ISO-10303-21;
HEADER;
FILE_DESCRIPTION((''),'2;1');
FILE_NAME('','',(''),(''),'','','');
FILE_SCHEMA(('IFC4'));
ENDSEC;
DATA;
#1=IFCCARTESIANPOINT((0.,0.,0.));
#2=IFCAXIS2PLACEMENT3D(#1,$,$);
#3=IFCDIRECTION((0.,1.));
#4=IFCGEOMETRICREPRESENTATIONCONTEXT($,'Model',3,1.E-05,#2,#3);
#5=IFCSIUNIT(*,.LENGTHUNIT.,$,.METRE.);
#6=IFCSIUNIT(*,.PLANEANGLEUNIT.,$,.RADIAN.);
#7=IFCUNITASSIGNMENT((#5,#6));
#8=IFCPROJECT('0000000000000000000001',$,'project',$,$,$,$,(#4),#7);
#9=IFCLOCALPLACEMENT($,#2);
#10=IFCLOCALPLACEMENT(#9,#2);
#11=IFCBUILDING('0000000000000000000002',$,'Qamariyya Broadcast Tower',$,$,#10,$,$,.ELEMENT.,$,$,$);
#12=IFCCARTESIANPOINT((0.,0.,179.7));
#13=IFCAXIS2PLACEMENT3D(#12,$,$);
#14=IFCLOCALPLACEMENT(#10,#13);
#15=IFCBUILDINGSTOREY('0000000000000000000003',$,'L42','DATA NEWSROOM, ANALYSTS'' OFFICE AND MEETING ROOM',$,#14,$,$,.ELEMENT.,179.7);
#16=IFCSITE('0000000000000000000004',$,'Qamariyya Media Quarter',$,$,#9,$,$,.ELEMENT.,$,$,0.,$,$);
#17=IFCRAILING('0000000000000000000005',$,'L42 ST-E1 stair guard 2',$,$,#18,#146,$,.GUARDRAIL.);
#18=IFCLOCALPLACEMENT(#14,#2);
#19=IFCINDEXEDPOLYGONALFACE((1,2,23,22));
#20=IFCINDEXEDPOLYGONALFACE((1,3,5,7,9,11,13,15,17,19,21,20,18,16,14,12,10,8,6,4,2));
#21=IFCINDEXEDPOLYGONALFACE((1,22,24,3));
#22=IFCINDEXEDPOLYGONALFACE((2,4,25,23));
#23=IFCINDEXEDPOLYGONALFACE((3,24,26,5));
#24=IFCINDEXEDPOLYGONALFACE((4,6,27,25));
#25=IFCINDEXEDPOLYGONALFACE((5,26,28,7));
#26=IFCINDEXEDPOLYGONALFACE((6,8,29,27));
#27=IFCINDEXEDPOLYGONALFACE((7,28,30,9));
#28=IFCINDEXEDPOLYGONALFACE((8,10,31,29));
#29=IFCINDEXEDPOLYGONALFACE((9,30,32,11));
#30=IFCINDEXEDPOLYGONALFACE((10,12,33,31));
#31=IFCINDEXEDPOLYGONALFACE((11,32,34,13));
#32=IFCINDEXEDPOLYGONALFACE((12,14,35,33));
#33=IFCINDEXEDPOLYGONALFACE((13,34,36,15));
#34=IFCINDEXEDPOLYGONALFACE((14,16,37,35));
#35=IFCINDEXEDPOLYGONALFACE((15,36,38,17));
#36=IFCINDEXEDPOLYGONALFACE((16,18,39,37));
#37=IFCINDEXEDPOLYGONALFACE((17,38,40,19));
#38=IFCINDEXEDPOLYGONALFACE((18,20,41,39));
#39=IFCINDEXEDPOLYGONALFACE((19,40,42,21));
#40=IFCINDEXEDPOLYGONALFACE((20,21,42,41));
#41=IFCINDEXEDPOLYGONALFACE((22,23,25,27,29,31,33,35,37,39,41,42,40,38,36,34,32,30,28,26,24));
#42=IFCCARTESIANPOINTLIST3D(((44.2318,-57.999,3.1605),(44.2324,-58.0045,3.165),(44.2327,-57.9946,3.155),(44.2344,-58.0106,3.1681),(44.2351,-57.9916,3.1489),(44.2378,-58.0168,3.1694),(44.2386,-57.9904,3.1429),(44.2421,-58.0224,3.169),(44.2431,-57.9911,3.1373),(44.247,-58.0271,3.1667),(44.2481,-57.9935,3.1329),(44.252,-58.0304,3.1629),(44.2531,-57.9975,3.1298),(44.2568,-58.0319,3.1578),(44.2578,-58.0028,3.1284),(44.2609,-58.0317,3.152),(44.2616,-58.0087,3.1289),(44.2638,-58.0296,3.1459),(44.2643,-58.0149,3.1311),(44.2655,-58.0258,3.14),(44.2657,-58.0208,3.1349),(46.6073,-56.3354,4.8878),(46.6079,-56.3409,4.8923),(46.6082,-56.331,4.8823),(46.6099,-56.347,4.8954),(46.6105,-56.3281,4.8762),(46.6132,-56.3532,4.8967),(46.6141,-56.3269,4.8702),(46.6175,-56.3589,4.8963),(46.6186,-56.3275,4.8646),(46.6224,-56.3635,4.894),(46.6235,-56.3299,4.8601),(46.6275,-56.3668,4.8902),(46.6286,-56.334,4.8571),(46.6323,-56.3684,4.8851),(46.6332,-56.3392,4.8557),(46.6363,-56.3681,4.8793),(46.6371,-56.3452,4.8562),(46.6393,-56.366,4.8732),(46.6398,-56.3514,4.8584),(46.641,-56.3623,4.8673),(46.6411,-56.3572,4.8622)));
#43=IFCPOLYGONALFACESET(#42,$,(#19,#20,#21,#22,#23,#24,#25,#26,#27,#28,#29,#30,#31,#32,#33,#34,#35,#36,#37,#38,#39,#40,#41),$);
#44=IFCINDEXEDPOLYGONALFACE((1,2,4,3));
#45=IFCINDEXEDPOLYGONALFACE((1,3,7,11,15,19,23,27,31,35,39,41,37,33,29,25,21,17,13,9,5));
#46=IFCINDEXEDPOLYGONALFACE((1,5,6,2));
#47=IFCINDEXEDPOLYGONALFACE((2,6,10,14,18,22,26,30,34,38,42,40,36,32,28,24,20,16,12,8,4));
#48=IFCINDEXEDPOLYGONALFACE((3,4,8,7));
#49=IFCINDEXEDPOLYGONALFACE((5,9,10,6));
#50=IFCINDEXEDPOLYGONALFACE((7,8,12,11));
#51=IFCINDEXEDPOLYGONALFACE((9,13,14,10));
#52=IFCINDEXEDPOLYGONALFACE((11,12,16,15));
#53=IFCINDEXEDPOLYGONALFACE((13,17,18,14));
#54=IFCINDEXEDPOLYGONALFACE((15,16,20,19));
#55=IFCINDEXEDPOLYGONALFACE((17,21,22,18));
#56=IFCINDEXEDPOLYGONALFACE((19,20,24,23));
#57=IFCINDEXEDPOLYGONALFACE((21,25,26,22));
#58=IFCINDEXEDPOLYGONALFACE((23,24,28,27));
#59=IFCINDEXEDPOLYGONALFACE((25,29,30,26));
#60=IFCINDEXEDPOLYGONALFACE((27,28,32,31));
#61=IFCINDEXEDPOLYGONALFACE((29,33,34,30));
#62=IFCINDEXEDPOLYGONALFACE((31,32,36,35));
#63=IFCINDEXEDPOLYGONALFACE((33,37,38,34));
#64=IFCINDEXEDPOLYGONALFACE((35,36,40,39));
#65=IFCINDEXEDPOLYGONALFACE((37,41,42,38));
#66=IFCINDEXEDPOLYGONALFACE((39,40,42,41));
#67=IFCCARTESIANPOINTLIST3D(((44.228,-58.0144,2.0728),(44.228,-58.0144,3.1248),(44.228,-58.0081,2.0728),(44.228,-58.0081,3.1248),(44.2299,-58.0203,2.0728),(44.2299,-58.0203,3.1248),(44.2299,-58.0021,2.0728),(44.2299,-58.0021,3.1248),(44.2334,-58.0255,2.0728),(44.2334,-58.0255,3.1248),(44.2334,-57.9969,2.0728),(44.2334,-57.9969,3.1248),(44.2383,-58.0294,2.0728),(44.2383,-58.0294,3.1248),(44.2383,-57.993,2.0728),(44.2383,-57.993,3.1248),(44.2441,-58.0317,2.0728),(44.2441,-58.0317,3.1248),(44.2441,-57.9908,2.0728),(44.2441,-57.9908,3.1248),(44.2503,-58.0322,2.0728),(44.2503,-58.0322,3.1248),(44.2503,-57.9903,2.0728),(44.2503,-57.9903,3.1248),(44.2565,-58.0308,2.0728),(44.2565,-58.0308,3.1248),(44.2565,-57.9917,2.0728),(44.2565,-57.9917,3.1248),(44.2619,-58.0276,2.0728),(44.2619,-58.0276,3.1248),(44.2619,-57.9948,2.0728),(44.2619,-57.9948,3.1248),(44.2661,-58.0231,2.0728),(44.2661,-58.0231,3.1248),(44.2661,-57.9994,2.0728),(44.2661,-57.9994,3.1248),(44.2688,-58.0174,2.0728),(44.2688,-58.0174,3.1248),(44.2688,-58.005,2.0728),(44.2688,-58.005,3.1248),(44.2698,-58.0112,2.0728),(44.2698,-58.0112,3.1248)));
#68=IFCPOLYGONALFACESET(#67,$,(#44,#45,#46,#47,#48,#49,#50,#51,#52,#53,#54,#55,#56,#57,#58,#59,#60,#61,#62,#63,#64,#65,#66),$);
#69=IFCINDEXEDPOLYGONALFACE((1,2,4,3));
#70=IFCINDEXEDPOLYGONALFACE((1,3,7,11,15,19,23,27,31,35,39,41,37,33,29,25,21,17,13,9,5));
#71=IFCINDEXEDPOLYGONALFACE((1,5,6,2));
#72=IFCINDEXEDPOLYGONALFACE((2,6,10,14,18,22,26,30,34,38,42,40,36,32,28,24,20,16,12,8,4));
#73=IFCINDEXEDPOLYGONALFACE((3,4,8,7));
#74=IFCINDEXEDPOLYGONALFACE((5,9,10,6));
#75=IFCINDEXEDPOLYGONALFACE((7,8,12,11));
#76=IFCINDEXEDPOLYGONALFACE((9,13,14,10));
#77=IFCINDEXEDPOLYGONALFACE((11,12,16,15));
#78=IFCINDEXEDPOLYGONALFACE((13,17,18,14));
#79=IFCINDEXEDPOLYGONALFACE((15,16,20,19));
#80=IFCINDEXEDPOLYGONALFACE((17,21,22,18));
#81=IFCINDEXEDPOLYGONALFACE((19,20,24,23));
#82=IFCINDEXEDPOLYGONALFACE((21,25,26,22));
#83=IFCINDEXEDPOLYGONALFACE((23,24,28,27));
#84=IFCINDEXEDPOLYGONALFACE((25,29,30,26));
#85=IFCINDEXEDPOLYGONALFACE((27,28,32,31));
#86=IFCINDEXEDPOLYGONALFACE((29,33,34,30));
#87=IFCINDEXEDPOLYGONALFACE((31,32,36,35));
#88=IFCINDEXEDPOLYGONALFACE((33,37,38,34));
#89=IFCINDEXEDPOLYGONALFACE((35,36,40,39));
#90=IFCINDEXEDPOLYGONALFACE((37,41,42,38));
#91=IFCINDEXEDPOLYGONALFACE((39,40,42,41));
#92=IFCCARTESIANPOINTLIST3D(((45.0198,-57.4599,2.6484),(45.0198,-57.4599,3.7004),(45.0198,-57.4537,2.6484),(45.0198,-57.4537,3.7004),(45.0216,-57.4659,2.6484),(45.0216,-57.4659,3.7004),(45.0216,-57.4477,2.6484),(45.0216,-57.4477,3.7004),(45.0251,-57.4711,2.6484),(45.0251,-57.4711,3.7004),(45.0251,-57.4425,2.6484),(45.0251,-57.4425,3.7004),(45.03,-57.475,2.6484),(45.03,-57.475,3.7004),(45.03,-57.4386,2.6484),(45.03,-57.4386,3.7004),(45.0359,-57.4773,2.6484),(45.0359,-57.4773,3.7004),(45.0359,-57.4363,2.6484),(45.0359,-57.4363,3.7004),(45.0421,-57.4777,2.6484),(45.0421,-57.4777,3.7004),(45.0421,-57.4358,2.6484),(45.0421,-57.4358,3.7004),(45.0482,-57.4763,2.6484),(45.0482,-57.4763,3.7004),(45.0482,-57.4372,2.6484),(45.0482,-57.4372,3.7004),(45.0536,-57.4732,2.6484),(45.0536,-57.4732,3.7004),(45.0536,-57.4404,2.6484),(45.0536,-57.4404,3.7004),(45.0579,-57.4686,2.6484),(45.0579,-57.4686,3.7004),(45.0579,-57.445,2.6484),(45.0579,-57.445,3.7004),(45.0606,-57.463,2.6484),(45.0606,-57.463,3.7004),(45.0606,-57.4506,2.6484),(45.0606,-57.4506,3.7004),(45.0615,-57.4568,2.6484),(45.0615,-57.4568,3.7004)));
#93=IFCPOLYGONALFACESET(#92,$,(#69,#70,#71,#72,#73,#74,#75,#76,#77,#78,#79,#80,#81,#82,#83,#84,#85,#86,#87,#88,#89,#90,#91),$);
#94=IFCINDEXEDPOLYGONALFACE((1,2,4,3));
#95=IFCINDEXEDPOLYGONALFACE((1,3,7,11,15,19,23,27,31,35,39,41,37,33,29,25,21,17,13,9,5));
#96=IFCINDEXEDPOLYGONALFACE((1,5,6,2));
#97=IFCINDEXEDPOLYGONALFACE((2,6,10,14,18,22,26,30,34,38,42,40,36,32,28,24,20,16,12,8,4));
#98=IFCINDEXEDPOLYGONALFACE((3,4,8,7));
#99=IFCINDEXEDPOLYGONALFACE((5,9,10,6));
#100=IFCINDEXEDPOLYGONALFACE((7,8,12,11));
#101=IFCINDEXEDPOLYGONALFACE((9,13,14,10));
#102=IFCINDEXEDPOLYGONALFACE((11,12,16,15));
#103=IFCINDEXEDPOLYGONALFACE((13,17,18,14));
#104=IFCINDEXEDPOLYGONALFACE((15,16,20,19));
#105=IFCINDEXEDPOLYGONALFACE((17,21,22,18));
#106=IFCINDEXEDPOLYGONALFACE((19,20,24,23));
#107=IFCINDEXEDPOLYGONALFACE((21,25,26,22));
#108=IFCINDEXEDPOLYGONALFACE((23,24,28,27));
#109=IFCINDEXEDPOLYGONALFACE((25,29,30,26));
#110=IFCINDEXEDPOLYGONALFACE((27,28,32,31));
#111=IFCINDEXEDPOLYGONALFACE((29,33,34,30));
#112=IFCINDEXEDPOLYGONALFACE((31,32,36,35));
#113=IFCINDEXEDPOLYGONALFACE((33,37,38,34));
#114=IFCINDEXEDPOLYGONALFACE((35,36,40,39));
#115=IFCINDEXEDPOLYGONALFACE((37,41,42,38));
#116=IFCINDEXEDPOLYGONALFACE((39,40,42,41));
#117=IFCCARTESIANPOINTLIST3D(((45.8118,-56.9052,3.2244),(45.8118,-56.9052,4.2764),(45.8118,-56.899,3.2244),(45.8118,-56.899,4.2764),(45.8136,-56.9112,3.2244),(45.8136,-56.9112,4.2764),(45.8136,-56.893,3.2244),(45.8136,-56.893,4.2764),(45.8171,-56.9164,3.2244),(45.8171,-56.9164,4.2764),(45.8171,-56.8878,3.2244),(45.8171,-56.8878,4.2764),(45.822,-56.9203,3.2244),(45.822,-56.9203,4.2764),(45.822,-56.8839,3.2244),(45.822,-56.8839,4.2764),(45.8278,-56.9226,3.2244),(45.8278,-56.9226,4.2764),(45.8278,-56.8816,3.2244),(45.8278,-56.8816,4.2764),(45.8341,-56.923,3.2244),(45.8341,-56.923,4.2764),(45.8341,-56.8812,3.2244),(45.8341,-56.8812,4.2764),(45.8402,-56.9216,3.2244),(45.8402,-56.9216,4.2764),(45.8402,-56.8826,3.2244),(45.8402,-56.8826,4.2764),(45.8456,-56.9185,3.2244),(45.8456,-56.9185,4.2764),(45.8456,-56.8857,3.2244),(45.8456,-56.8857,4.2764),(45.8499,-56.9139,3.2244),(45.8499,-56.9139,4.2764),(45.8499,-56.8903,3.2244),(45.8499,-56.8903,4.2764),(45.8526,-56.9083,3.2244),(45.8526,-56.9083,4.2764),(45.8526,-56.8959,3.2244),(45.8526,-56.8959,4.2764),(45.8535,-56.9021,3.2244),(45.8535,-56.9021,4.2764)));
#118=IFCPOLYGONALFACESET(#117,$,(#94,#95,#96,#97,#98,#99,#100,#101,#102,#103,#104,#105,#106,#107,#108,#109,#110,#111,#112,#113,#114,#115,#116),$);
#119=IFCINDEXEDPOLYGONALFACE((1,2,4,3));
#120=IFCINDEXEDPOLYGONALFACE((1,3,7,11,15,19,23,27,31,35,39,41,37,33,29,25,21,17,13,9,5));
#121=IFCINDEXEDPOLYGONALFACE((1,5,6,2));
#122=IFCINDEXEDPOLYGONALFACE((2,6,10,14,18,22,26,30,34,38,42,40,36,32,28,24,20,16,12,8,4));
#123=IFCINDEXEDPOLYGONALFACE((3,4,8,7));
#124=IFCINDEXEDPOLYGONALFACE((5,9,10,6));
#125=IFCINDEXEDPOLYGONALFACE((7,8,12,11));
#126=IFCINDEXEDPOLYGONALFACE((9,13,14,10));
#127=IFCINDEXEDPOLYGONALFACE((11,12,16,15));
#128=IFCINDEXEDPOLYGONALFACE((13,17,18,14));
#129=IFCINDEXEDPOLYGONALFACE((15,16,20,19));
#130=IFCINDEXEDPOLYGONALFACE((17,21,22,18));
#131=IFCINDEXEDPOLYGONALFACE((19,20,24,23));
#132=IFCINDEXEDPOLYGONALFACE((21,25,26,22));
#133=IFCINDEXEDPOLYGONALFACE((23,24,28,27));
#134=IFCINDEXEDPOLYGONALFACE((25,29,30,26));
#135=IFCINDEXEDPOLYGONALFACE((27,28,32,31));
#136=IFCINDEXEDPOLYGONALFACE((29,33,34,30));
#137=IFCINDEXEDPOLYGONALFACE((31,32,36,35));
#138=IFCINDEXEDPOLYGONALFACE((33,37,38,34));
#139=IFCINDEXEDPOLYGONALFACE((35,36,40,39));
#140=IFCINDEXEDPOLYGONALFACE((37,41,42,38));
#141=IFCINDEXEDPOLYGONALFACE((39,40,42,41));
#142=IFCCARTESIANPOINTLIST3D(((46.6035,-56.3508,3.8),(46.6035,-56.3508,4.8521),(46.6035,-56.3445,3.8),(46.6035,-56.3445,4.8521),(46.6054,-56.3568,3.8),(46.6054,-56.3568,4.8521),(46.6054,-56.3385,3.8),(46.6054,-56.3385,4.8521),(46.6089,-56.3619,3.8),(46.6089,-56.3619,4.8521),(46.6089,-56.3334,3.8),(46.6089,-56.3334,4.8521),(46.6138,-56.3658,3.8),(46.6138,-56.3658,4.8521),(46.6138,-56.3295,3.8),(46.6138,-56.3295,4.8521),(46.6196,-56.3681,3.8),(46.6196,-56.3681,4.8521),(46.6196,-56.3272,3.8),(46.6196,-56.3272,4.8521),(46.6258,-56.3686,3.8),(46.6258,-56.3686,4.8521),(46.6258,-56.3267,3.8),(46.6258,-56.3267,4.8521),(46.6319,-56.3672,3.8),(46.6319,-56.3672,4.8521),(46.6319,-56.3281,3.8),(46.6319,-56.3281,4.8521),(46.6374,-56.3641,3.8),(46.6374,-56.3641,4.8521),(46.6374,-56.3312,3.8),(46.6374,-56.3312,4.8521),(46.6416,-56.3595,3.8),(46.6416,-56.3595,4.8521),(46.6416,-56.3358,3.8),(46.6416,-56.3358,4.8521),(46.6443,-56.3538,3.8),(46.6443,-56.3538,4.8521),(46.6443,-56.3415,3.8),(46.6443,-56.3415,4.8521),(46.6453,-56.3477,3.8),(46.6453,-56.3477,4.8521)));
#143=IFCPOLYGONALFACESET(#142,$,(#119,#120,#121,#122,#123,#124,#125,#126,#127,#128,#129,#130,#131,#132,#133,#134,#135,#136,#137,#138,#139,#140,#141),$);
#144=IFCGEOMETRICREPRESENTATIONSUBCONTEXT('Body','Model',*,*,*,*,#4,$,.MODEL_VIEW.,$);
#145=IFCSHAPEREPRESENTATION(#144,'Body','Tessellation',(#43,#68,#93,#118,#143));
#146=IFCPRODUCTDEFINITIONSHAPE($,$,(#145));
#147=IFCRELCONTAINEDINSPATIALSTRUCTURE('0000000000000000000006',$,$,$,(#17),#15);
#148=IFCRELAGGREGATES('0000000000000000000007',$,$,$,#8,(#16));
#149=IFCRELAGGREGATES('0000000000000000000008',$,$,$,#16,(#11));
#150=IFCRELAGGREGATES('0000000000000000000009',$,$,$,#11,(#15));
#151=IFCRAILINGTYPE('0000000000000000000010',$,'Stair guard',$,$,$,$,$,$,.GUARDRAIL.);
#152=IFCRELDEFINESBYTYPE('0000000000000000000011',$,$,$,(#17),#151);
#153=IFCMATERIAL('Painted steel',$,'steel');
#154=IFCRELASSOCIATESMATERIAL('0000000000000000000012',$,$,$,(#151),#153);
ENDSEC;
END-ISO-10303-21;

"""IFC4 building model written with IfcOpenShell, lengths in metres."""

from ifc_helpers import new_model, si_unit, direction, frame, origin, origin_2d, place, context, subcontext, project, spatial, circle, extrude, material, type_object, element, save


model = new_model("IFC4")

# Units and contexts
model_context = context("Model", 3, precision=1e-05, world=origin(), true_north=direction((0.0, 1.0)))
body_context = subcontext(model_context, "Body", "Model", "MODEL_VIEW")
ifc_project = project(units=[si_unit("LENGTHUNIT", "METRE"), si_unit("PLANEANGLEUNIT", "RADIAN")], contexts=[model_context])

# Site, building, storey
site_placement = place(None, origin())
site = spatial("IfcSite", under=ifc_project, at=site_placement, Name="Qamariyya Media Quarter", CompositionType="ELEMENT", RefElevation=0.0)
building_placement = place(site_placement, origin())
building = spatial("IfcBuilding", under=site, at=building_placement, Name="Qamariyya Broadcast Tower", CompositionType="ELEMENT")
storey_placement = place(building_placement, frame((0.0, 0.0, 179.7)))
storey = spatial("IfcBuildingStorey", under=building, at=storey_placement, Name="L42", Description="DATA NEWSROOM, ANALYSTS' OFFICE AND MEETING ROOM", CompositionType="ELEMENT", Elevation=179.7)

# Railing
ifc_material_1 = material(Name="Painted steel", Category="steel")
railing_type_1 = type_object("IfcRailingType", Name="Stair guard", PredefinedType="GUARDRAIL", material=ifc_material_1)
railing_1_placement = place(storey_placement, frame((44.2488, -58.0112, 2.0728)))
element("IfcRailing", 1, at=railing_1_placement, inside=storey, type_object=railing_type_1, Name="L42 ST-E1 stair guard 2", PredefinedType="GUARDRAIL", context=body_context, shape_type="SweptSolid", body=[
    extrude(circle(Radius=0.0239, at=origin_2d()), frame((0.0, 0.0, 1.0762), z_axis=(0.703745, 0.492838, 0.511716), x_axis=(-0.573632, 0.819113, 0.0)), (0.0, 0.0, 1.0), 3.3755),
    extrude(circle(Radius=0.021, at=origin_2d()), origin(), (0.0, 0.0, 1.0), 1.052),
    extrude(circle(Radius=0.021, at=origin_2d()), frame((0.7917, 0.5544, 0.5757)), (0.0, 0.0, 1.0), 1.052),
    extrude(circle(Radius=0.021, at=origin_2d()), frame((1.5837, 1.1091, 1.1516)), (0.0, 0.0, 1.0), 1.052),
    extrude(circle(Radius=0.021, at=origin_2d()), frame((2.3755, 1.6636, 1.7273)), (0.0, 0.0, 1.0), 1.052),
])

save(model, "model.ifc")
